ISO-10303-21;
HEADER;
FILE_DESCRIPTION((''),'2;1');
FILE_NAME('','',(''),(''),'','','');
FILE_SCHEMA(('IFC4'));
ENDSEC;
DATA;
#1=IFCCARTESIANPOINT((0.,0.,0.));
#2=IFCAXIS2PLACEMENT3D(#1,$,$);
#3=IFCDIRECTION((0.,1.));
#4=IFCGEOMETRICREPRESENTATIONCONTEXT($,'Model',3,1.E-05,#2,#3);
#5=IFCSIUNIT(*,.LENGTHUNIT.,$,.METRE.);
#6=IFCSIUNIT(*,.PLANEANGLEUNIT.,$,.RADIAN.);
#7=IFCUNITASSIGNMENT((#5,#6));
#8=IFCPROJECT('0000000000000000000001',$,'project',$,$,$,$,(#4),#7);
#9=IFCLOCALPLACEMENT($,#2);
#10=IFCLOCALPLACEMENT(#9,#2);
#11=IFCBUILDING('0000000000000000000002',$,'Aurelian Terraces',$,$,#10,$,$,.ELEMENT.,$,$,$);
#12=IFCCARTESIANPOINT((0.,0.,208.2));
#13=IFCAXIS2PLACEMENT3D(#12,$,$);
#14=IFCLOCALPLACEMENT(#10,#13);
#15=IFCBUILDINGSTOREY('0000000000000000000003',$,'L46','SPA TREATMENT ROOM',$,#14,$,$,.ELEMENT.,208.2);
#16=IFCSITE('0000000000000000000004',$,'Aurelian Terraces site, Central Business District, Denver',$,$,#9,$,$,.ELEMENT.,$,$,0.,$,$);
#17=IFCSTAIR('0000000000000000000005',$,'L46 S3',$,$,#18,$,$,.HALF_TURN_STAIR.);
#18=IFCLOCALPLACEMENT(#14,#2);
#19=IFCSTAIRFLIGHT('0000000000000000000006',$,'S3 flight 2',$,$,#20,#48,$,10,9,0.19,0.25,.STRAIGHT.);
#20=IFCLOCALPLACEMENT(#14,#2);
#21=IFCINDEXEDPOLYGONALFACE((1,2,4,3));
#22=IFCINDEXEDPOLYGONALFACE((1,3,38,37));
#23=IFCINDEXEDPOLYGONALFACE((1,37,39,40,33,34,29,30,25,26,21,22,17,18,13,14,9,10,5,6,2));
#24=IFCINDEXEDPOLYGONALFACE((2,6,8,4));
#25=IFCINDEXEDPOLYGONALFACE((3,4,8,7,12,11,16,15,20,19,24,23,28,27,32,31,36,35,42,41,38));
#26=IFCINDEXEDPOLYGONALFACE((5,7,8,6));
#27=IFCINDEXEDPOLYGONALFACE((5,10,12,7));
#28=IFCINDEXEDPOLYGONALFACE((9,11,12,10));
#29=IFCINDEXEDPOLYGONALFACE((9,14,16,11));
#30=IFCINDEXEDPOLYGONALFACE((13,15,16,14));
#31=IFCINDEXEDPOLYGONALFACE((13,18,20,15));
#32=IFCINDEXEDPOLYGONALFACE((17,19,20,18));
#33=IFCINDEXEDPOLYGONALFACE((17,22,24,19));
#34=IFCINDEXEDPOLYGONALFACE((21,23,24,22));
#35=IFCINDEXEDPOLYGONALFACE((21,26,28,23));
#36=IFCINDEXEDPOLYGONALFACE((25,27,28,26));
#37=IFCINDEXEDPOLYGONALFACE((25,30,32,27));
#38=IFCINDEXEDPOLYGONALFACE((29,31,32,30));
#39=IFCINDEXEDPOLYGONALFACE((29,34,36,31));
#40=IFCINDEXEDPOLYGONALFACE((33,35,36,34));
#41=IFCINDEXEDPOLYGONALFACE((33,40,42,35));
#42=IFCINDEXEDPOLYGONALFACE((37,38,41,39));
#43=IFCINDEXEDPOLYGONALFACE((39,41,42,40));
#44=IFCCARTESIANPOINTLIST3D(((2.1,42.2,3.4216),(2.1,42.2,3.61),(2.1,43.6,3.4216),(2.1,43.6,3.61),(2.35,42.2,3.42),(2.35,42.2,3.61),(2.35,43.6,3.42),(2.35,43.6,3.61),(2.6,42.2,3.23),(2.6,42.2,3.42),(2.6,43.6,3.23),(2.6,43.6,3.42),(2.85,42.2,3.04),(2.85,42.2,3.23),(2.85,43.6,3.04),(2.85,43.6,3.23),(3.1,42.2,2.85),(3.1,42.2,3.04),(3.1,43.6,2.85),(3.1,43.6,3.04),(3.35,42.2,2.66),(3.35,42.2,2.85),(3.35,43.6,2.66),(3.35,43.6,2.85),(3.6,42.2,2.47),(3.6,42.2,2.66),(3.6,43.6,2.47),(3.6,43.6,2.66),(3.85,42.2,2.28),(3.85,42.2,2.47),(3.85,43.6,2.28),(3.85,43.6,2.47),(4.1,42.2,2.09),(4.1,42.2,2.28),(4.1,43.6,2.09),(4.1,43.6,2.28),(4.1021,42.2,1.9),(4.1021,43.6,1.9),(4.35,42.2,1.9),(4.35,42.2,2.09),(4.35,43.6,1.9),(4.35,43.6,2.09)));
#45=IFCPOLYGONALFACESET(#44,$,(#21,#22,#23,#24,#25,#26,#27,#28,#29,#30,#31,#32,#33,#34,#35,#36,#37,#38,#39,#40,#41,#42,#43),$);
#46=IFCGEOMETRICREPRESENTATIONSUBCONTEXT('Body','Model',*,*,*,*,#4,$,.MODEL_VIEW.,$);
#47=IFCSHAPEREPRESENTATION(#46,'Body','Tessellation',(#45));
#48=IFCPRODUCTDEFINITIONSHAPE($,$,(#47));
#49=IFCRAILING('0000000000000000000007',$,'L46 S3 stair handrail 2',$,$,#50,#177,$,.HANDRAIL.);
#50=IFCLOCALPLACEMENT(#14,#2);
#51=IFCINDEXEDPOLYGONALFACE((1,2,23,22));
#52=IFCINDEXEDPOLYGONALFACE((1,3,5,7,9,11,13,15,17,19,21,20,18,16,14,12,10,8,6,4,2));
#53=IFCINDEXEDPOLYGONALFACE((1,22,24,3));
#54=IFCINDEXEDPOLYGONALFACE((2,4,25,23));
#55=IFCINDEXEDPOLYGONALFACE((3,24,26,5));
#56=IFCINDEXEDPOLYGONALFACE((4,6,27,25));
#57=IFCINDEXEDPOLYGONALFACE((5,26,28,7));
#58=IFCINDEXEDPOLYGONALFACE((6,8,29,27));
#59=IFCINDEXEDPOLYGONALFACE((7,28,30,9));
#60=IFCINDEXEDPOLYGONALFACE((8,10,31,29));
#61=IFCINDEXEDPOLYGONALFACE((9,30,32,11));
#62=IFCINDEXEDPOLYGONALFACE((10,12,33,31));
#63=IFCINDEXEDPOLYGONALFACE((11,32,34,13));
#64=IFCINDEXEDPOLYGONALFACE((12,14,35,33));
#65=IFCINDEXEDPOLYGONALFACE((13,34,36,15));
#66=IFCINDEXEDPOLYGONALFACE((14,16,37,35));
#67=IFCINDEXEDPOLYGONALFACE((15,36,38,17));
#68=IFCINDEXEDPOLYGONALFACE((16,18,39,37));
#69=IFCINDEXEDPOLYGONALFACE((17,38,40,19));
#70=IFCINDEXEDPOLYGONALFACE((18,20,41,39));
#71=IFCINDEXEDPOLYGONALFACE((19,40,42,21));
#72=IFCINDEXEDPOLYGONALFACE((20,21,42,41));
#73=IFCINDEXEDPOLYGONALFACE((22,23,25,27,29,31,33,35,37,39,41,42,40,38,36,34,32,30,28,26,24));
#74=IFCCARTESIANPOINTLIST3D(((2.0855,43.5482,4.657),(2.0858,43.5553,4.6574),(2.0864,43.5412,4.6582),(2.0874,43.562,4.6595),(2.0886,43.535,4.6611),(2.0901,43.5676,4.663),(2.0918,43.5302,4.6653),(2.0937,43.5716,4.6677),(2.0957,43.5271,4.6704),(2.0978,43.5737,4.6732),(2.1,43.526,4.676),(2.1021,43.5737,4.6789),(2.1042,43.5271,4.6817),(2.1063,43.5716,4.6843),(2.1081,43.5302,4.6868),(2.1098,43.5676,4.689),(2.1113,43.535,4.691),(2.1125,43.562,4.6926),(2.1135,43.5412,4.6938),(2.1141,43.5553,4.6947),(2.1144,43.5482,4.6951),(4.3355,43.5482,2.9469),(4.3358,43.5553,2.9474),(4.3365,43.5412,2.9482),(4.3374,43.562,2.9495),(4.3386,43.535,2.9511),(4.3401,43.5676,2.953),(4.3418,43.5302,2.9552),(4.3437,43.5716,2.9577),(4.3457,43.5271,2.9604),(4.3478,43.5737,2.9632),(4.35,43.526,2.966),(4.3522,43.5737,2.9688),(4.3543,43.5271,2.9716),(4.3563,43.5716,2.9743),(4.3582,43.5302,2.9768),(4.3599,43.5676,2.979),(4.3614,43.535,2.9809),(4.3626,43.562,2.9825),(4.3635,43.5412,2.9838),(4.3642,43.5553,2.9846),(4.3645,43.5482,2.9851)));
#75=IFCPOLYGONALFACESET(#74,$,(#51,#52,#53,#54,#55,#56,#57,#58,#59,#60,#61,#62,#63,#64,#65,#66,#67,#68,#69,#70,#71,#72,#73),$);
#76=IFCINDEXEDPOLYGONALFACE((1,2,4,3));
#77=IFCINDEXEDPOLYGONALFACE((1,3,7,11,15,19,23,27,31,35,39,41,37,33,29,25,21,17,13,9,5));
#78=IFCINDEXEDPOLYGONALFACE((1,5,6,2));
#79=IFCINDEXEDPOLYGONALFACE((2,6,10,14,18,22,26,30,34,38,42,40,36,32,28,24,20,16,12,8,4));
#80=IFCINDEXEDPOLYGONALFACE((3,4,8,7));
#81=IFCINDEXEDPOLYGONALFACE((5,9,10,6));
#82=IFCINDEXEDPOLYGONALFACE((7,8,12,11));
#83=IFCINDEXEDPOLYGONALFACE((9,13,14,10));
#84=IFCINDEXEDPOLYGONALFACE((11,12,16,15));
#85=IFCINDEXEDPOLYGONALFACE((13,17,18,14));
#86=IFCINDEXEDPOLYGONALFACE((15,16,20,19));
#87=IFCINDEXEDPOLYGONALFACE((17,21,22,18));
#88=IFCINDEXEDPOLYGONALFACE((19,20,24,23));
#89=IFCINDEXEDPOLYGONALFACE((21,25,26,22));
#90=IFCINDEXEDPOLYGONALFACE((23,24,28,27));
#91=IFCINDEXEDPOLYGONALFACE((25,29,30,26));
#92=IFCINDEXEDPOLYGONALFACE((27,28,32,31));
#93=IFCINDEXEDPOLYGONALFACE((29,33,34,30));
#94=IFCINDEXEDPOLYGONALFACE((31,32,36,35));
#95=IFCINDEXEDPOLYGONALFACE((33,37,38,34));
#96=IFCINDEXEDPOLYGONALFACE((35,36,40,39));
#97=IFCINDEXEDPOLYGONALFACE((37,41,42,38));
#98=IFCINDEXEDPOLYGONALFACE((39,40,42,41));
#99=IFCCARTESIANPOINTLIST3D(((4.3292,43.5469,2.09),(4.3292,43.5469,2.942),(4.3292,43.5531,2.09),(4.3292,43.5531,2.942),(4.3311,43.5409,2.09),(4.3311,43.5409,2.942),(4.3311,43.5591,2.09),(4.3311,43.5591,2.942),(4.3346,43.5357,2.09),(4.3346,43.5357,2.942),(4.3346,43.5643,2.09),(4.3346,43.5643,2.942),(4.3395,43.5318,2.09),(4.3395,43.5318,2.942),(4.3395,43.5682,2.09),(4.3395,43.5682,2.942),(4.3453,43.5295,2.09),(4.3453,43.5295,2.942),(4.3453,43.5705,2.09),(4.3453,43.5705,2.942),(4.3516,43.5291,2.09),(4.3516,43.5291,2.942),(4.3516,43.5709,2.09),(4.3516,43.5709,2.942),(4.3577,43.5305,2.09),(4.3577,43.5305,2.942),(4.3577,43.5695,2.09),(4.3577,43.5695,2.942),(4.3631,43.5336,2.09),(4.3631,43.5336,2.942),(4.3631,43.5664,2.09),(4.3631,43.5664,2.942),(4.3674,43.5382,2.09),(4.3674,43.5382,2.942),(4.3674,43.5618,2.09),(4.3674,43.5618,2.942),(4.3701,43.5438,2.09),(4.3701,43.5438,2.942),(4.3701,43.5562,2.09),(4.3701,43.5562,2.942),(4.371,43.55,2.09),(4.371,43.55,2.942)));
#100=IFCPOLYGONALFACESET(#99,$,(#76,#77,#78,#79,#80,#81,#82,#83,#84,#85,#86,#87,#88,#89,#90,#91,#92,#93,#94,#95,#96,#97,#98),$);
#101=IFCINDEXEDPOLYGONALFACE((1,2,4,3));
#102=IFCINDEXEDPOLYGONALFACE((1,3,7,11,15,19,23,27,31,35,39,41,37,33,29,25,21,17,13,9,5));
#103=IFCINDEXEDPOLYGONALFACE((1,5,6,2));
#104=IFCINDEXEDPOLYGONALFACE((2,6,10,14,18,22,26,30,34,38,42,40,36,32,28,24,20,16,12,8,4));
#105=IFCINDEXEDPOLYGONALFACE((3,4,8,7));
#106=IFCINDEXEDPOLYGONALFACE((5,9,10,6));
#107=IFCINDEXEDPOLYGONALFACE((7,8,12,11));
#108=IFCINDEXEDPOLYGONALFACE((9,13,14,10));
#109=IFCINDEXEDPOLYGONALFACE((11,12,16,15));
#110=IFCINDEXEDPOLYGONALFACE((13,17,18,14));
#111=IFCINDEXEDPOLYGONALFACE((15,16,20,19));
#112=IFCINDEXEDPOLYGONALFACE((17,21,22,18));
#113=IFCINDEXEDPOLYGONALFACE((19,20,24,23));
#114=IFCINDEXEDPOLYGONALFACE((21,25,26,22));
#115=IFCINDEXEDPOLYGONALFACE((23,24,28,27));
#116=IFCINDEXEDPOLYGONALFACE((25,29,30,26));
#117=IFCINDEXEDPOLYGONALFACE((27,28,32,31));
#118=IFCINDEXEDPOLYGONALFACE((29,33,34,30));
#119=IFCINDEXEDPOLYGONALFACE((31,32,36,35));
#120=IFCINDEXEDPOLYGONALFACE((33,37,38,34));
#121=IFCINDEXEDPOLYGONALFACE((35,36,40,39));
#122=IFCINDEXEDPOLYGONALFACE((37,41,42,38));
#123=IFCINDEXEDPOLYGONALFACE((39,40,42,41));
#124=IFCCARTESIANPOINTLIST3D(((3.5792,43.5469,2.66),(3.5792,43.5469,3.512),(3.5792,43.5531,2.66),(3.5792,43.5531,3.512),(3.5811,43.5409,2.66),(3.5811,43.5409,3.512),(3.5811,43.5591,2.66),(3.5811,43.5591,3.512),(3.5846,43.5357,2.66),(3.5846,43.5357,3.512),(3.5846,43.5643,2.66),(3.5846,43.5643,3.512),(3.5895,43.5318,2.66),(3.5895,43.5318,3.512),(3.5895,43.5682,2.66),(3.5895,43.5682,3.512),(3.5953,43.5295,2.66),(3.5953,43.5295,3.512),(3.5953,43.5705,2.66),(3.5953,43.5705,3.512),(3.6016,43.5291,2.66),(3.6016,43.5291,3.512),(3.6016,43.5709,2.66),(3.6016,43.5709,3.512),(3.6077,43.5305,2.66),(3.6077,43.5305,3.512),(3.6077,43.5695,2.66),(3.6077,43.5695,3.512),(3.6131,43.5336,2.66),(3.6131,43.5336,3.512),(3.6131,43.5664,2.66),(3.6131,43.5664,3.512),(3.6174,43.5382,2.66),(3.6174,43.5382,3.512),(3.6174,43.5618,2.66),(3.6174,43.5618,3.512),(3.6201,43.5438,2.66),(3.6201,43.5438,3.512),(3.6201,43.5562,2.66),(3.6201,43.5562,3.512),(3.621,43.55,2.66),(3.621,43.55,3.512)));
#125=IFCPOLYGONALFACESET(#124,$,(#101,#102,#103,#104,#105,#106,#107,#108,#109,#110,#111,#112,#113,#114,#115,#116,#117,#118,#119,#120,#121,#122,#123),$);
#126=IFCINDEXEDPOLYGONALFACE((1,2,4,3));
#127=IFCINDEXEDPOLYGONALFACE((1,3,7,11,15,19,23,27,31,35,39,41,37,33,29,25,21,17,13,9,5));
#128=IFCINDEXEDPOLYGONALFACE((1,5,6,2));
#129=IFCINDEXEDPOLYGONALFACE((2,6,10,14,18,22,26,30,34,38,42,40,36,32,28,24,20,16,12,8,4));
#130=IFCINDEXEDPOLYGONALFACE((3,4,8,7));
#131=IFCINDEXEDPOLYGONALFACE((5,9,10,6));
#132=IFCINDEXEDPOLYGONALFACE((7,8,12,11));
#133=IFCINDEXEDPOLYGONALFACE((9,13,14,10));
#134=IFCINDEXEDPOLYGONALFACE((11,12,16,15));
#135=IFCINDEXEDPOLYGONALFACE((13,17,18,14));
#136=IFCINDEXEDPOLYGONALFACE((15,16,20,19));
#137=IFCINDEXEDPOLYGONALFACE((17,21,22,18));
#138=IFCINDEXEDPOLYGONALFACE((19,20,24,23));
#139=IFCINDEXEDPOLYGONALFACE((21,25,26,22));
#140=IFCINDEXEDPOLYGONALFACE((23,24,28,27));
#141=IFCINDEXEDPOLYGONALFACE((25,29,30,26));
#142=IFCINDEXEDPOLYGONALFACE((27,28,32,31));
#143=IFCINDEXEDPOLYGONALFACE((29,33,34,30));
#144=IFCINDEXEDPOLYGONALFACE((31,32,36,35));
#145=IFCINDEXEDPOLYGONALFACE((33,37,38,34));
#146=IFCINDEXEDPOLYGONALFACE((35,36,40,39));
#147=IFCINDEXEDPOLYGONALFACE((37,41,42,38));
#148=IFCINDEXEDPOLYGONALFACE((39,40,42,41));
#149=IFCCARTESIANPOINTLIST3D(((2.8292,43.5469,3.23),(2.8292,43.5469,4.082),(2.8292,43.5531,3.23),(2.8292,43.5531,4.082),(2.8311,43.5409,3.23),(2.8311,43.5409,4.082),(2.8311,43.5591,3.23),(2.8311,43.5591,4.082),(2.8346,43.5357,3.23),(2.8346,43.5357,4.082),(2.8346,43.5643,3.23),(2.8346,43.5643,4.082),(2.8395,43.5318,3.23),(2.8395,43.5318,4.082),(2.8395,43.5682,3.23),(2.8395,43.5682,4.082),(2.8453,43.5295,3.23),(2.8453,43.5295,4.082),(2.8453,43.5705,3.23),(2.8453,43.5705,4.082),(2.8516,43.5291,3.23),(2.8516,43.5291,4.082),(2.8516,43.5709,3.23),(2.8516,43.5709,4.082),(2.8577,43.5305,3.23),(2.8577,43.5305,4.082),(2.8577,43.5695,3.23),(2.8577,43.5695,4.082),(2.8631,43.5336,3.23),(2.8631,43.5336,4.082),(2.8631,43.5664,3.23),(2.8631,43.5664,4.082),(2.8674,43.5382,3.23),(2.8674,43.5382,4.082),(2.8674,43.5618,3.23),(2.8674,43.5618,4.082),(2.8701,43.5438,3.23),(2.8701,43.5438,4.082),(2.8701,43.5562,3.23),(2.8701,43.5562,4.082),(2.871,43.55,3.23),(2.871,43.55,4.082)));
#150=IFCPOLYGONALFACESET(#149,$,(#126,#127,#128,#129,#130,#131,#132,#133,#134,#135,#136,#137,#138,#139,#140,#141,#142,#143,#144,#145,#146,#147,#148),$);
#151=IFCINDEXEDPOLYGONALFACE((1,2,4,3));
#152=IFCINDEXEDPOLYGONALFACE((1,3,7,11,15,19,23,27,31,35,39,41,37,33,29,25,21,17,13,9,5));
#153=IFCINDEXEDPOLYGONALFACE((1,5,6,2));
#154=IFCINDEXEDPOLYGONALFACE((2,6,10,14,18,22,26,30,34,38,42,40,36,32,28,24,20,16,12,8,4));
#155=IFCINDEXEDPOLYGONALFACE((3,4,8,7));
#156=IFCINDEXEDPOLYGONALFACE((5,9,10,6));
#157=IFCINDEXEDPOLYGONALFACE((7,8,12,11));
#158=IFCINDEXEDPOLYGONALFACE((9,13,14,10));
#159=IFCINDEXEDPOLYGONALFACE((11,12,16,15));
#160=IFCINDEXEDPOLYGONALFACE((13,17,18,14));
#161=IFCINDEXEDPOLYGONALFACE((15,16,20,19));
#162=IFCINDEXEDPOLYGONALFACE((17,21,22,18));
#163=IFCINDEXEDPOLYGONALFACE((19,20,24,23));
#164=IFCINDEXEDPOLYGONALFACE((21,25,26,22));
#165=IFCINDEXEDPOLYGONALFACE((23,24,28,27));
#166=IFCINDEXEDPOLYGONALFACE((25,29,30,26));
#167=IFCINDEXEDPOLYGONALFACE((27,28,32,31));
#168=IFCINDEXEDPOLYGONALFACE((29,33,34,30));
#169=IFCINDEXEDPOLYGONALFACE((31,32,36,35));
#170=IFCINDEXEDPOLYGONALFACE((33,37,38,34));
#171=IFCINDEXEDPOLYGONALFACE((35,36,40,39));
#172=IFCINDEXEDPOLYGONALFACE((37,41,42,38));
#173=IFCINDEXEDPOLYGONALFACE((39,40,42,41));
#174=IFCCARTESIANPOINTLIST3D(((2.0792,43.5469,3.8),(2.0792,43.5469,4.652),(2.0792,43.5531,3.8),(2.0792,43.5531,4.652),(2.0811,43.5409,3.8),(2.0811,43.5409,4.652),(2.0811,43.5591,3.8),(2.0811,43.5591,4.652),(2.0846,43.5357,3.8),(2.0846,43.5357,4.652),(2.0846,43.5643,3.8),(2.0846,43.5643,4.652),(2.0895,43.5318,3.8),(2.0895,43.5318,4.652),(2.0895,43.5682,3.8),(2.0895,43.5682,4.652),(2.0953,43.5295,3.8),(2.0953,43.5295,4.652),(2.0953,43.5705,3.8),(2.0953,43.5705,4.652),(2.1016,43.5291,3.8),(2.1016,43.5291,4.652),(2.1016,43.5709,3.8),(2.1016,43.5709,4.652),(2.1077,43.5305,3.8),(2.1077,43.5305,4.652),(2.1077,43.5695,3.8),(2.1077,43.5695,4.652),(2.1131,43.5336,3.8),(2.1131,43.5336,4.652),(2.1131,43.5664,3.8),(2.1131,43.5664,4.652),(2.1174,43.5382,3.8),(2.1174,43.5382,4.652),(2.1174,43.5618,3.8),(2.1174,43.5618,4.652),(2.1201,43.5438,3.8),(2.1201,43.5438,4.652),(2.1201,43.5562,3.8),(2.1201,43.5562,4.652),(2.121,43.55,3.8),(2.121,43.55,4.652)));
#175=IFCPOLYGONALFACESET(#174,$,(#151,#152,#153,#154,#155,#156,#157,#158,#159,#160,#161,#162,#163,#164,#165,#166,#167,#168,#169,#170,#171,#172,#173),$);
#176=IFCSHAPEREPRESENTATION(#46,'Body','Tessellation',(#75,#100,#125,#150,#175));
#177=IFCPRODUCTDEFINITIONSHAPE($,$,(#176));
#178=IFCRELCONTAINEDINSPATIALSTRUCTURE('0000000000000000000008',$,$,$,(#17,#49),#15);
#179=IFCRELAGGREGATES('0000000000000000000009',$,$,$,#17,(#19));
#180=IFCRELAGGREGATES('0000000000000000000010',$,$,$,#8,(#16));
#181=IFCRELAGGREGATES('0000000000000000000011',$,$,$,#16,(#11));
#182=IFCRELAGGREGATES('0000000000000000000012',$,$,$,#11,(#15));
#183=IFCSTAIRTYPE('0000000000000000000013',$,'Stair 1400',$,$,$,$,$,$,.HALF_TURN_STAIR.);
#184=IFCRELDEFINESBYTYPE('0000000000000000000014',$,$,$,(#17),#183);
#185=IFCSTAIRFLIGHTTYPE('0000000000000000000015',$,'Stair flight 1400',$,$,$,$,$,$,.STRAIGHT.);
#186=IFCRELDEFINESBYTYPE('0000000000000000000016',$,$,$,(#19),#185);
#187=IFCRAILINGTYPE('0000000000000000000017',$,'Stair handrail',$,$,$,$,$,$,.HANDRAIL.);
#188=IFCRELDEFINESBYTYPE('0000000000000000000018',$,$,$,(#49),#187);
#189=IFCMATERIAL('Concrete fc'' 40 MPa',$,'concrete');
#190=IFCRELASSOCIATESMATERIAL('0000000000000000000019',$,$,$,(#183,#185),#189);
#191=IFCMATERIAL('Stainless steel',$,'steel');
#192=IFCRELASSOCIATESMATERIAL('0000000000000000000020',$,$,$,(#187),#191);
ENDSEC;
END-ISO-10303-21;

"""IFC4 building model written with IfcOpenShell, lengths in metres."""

from ifc_helpers import new_model, si_unit, direction, frame, origin, origin_2d, place, context, subcontext, project, spatial, polyline, circle, outline, extrude, source, transform, mapped, material, type_object, element, aggregate, save


model = new_model("IFC4")

# Units and contexts
model_context = context("Model", 3, precision=1e-05, world=origin(), true_north=direction((0.0, 1.0)))
body_context = subcontext(model_context, "Body", "Model", "MODEL_VIEW")
ifc_project = project(units=[si_unit("LENGTHUNIT", "METRE"), si_unit("PLANEANGLEUNIT", "RADIAN")], contexts=[model_context])

# Site, building, storey
site_placement = place(None, origin())
site = spatial("IfcSite", under=ifc_project, at=site_placement, Name="Aurelian Terraces site, Central Business District, Denver", CompositionType="ELEMENT", RefElevation=0.0)
building_placement = place(site_placement, origin())
building = spatial("IfcBuilding", under=site, at=building_placement, Name="Aurelian Terraces", CompositionType="ELEMENT")
storey_placement = place(building_placement, frame((0.0, 0.0, 208.2)))
storey = spatial("IfcBuildingStorey", under=building, at=storey_placement, Name="L46", Description="SPA TREATMENT ROOM", CompositionType="ELEMENT", Elevation=208.2)

# Shared definitions
ifc_material_1 = material(Name="Concrete fc' 40 MPa", Category="concrete")

# Stair, stair flight
stair_type = type_object("IfcStairType", Name="Stair 1400", PredefinedType="HALF_TURN_STAIR", material=ifc_material_1)
stair_placement = place(storey_placement, origin())
stair = element("IfcStair", 1, at=stair_placement, inside=storey, type_object=stair_type, Name="L46 S3", PredefinedType="HALF_TURN_STAIR")
stair_flight_type = type_object("IfcStairFlightType", Name="Stair flight 1400", PredefinedType="STRAIGHT", material=ifc_material_1)
shared_shape_1 = source(origin(), body_context, "Body", "SweptSolid", [
    extrude(outline(polyline([(0.0, 0.0), (0.0, 0.19), (0.25, 0.19), (0.25, 0.38), (0.5, 0.38), (0.5, 0.57), (0.75, 0.57), (0.75, 0.76), (1.0, 0.76), (1.0, 0.95), (1.25, 0.95), (1.25, 1.14), (1.5, 1.14), (1.5, 1.33), (1.75, 1.33), (1.75, 1.52), (2.0, 1.52), (2.0, 1.71), (2.25, 1.71), (2.25, 1.9), (2.25, 1.5216), (0.2479, 0.0), (0.0, 0.0)])), frame((0.0, 0.7, 0.0), z_axis=(0.0, -1.0, 0.0), x_axis=(1.0, 0.0, 0.0)), (0.0, 0.0, 1.0), 1.4),
])
stair_flight_placement = place(storey_placement, frame((4.35, 42.9, 1.9), z_axis=(0.0, 0.0, 1.0), x_axis=(-1.0, 0.0, 0.0)))
stair_flight = element("IfcStairFlight", 2, at=stair_flight_placement, type_object=stair_flight_type, Name="S3 flight 2", NumberOfRisers=10, NumberOfTreads=9, PredefinedType="STRAIGHT", RiserHeight=0.19, TreadLength=0.25, context=body_context, shape_type="MappedRepresentation", body=[
    mapped(shared_shape_1, transform((0.0, 0.0, 0.0), scale=1.0)),
])
aggregate(stair, [stair_flight])

# Railing
ifc_material_2 = material(Name="Stainless steel", Category="steel")
railing_type = type_object("IfcRailingType", Name="Stair handrail", PredefinedType="HANDRAIL", material=ifc_material_2)
shared_shape_2 = source(origin(), body_context, "Body", "SweptSolid", [
    extrude(circle(Radius=0.024, at=origin_2d()), frame((0.0, 0.0, 0.876), z_axis=(-0.796162, 0.0, 0.605083), x_axis=(0.0, -1.0, 0.0)), (0.0, 0.0, 1.0), 2.8261),
    extrude(circle(Radius=0.021, at=origin_2d()), origin(), (0.0, 0.0, 1.0), 0.852),
    extrude(circle(Radius=0.021, at=origin_2d()), frame((-0.75, 0.0, 0.57)), (0.0, 0.0, 1.0), 0.852),
    extrude(circle(Radius=0.021, at=origin_2d()), frame((-1.5, 0.0, 1.14)), (0.0, 0.0, 1.0), 0.852),
    extrude(circle(Radius=0.021, at=origin_2d()), frame((-2.25, 0.0, 1.71)), (0.0, 0.0, 1.0), 0.852),
])
railing_placement = place(storey_placement, frame((4.35, 43.55, 2.09)))
element("IfcRailing", 3, at=railing_placement, inside=storey, type_object=railing_type, Name="L46 S3 stair handrail 2", PredefinedType="HANDRAIL", context=body_context, shape_type="MappedRepresentation", body=[
    mapped(shared_shape_2, transform((0.0, 0.0, 0.0), scale=1.0)),
])

save(model, "model.ifc")
